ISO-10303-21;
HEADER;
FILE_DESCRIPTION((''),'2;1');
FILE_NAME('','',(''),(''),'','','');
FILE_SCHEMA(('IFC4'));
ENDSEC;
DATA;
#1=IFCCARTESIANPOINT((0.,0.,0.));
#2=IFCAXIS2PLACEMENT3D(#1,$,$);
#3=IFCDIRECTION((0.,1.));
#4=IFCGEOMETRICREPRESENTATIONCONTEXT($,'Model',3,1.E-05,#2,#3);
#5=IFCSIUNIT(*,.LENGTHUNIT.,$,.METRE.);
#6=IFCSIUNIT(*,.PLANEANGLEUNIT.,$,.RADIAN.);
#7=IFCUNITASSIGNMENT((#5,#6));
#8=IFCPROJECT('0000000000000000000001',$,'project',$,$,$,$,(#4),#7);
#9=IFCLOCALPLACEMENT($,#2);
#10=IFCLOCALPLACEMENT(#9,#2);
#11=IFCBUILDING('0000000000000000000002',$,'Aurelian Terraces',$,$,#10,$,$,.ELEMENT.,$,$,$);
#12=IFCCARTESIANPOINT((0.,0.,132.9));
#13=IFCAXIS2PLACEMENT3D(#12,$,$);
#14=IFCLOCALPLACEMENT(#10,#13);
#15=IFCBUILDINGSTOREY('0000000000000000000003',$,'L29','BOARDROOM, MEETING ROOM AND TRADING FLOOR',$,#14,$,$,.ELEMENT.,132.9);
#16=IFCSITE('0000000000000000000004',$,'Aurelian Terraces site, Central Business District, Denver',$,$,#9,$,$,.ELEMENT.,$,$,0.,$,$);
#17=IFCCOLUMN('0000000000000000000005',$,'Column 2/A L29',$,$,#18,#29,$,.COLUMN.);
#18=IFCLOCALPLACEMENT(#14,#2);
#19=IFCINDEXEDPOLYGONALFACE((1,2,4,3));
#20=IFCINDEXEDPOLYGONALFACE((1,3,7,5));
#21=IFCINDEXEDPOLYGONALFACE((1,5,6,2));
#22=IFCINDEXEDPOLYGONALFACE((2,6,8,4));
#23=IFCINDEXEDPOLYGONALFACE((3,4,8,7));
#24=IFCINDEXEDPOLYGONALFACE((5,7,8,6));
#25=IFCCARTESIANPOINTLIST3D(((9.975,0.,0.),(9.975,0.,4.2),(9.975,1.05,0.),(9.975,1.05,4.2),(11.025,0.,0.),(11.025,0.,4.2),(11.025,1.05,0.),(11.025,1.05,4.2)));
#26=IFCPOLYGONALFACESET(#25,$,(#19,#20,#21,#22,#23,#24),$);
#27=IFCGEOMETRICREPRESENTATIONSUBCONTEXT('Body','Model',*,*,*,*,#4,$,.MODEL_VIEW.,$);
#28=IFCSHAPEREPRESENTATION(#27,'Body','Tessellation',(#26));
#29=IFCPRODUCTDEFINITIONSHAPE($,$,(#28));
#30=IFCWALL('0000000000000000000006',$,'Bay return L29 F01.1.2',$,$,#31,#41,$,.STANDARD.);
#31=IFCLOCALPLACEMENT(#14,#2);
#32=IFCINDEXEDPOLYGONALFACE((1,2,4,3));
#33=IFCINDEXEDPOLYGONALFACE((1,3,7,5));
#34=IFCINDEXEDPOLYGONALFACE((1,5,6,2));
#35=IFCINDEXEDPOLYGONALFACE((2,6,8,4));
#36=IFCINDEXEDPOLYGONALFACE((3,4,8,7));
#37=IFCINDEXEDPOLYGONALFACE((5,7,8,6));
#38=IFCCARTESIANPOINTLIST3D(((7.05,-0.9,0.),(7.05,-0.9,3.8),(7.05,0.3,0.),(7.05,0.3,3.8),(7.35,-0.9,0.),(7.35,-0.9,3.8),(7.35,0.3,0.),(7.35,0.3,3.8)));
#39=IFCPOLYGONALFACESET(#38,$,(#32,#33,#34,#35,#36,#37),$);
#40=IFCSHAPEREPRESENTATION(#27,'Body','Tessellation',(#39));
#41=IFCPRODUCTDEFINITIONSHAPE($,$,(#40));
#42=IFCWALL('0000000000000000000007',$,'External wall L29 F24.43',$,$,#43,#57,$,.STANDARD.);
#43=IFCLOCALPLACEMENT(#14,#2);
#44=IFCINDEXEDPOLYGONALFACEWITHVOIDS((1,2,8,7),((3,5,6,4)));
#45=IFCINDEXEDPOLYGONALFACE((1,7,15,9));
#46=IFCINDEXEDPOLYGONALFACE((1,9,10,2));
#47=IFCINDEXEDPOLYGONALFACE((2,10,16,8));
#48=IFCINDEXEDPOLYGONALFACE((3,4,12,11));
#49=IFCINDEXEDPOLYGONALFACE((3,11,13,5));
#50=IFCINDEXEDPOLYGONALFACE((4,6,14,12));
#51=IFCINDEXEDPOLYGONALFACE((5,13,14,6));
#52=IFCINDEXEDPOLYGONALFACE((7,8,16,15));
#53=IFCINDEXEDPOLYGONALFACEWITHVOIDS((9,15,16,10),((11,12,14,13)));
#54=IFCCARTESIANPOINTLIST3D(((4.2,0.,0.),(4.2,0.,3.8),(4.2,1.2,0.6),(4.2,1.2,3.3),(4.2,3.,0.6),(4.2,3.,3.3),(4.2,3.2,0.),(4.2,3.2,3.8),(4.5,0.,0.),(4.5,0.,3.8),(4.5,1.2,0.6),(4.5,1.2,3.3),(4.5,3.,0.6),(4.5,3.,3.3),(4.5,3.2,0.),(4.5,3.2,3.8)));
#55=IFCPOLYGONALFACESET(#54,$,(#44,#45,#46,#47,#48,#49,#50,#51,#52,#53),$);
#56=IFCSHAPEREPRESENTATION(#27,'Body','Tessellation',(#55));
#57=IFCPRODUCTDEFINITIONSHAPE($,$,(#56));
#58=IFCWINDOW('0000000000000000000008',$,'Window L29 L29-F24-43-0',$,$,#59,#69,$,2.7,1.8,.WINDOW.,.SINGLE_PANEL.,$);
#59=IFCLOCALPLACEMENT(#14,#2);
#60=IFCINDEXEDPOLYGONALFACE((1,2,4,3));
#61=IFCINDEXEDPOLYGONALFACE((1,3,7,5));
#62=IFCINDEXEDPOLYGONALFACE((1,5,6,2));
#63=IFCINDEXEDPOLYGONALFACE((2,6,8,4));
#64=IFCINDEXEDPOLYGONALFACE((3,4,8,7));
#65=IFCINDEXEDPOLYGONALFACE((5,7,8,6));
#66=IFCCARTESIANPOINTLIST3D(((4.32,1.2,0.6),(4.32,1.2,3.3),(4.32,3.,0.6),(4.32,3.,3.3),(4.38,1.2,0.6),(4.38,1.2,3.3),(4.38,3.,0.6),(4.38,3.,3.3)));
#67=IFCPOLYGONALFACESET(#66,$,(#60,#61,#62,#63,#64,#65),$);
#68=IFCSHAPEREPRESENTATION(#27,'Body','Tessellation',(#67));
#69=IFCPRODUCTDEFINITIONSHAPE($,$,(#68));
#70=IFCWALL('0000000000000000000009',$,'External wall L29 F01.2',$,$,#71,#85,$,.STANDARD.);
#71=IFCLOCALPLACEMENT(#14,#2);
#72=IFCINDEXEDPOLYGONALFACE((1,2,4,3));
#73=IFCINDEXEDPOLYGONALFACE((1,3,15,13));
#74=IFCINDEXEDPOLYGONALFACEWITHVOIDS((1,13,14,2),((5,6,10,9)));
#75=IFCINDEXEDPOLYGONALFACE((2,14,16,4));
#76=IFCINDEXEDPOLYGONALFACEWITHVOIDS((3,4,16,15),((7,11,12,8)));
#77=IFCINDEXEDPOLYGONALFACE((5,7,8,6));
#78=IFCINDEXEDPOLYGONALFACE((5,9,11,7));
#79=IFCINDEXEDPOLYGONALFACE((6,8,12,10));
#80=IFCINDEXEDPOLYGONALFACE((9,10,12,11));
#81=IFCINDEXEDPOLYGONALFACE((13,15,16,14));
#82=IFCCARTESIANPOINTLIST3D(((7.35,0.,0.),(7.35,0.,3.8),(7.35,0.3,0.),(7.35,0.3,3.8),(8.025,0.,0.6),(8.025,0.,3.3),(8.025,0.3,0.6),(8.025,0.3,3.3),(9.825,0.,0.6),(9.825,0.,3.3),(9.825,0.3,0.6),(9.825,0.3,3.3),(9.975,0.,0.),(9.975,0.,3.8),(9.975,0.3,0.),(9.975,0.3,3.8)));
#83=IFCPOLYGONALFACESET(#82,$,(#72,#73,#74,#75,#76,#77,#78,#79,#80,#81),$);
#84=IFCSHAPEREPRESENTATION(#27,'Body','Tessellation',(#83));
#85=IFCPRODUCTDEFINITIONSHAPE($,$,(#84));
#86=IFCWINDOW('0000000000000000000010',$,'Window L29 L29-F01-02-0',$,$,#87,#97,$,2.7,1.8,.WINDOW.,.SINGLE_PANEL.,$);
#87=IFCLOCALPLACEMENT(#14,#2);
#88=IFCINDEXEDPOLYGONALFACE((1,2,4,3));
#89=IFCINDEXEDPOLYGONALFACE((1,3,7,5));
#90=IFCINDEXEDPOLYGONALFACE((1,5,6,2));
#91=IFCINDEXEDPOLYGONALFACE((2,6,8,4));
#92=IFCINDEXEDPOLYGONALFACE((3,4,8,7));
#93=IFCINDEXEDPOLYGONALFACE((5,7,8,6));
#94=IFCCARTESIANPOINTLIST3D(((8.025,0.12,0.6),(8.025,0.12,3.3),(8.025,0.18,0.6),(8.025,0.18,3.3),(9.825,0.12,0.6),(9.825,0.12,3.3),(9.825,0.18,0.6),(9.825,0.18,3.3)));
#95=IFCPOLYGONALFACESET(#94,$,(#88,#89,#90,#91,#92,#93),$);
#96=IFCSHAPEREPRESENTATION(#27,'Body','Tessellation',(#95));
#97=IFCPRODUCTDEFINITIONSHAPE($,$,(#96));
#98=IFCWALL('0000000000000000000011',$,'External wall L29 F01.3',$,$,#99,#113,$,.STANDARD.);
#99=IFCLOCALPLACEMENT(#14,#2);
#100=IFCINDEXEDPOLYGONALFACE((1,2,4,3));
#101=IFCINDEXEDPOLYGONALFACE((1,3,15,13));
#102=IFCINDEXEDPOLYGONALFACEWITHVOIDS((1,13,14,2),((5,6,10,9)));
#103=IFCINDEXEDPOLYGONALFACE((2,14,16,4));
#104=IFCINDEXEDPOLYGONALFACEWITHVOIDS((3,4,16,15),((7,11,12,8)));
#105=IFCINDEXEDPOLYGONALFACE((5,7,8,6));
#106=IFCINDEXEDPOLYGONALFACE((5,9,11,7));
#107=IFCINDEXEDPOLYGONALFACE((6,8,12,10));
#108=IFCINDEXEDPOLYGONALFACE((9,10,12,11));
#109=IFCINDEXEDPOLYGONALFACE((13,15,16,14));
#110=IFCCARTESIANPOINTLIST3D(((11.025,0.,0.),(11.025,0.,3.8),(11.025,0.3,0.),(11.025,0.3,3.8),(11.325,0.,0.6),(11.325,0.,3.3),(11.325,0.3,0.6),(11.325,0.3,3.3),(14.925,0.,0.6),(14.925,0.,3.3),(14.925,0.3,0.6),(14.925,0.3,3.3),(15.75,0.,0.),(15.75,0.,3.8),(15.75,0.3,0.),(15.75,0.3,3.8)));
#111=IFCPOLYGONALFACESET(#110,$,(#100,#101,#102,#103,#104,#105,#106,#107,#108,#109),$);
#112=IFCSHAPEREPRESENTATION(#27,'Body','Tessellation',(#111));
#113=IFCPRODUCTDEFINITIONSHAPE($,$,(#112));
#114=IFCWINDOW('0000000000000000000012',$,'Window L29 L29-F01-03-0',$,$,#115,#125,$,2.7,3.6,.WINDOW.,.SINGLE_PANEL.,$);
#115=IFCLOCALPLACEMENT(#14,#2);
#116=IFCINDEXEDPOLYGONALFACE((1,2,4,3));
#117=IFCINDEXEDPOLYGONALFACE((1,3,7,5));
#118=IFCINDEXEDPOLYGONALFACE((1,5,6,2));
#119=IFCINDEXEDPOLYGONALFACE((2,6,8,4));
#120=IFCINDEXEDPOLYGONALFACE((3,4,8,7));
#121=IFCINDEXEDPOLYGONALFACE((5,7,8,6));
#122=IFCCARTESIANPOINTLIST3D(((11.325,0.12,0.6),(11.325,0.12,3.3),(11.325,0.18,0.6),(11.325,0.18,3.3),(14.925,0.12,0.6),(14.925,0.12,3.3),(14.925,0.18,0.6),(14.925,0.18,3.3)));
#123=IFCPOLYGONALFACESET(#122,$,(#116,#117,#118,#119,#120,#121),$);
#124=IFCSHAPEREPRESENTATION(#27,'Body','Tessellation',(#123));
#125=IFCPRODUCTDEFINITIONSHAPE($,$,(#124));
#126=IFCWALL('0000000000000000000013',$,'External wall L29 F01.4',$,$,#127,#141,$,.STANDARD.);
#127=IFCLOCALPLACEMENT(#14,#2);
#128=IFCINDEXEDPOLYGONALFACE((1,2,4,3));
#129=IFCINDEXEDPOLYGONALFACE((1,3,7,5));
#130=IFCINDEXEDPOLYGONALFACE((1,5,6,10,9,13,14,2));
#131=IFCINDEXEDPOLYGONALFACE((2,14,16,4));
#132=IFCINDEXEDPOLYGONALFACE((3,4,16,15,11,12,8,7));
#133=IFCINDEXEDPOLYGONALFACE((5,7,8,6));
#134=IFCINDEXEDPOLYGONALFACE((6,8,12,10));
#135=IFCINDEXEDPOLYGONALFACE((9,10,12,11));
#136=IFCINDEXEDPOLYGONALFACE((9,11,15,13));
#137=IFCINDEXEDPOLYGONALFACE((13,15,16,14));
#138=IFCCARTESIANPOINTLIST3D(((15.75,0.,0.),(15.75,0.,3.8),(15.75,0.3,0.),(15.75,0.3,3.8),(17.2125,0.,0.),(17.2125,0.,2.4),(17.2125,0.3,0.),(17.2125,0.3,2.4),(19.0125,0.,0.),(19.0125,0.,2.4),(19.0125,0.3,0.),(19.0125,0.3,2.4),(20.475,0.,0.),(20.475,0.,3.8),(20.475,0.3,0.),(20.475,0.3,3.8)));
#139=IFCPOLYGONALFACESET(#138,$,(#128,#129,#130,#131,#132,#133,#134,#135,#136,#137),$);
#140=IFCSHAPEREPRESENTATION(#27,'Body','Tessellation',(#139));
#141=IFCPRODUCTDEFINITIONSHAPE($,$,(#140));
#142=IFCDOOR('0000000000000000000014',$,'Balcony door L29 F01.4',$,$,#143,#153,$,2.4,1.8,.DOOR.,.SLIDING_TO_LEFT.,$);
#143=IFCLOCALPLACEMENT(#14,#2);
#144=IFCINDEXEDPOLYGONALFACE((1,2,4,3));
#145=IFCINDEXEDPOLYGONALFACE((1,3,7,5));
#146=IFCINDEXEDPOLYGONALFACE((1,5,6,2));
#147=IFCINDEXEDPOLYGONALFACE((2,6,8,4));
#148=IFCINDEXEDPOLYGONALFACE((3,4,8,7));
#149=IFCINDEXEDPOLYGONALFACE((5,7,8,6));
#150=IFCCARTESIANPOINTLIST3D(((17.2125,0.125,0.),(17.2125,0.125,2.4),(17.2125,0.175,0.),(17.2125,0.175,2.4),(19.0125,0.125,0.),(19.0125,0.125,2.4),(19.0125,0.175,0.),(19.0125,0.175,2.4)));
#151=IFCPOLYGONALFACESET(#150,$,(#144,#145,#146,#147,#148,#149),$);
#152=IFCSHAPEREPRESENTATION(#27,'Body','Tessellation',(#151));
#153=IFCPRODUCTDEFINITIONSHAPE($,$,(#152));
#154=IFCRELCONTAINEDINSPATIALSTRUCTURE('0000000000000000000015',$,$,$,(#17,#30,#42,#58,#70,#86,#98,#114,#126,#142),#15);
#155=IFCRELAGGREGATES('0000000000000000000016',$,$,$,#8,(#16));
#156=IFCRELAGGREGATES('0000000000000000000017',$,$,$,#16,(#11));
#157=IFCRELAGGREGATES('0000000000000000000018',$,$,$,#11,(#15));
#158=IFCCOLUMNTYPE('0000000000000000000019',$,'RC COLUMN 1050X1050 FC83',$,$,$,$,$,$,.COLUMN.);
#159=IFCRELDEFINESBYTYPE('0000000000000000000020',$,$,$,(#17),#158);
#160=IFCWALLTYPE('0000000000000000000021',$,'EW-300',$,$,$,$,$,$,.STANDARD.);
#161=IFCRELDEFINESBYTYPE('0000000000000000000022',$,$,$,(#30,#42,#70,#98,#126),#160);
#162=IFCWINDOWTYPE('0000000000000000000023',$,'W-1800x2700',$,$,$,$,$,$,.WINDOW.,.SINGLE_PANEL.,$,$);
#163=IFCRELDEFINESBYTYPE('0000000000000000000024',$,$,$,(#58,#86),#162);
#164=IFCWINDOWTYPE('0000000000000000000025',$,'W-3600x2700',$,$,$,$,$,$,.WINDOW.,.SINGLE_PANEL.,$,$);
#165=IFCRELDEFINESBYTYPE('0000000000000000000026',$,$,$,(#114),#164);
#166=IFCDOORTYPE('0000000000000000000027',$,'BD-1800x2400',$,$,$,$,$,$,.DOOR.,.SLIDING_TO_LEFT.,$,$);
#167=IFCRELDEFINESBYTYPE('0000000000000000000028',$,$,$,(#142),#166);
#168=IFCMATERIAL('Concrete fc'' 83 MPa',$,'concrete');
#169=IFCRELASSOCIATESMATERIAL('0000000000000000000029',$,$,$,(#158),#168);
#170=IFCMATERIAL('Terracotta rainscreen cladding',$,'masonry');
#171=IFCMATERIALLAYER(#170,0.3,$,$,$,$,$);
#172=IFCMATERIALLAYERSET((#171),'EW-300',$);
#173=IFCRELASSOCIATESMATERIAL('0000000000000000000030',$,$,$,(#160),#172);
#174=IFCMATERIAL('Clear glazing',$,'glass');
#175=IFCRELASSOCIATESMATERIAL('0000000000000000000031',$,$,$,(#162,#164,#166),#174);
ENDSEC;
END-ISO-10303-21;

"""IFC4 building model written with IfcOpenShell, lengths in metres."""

from ifc_helpers import new_model, si_unit, direction, frame, frame_2d, origin, origin_2d, place, context, subcontext, project, spatial, rectangle, extrude, source, transform, mapped, material, layer, layer_set, material_profile, profile_set, type_object, element, fill, save


model = new_model("IFC4")

# Units and contexts
model_context = context("Model", 3, precision=1e-05, world=origin(), true_north=direction((0.0, 1.0)))
body_context = subcontext(model_context, "Body", "Model", "MODEL_VIEW")
ifc_project = project(units=[si_unit("LENGTHUNIT", "METRE"), si_unit("PLANEANGLEUNIT", "RADIAN")], contexts=[model_context])

# Site, building, storey
site_placement = place(None, origin())
site = spatial("IfcSite", under=ifc_project, at=site_placement, Name="Aurelian Terraces site, Central Business District, Denver", CompositionType="ELEMENT", RefElevation=0.0)
building_placement = place(site_placement, origin())
building = spatial("IfcBuilding", under=site, at=building_placement, Name="Aurelian Terraces", CompositionType="ELEMENT")
storey_placement = place(building_placement, frame((0.0, 0.0, 132.9)))
storey = spatial("IfcBuildingStorey", under=building, at=storey_placement, Name="L29", Description="BOARDROOM, MEETING ROOM AND TRADING FLOOR", CompositionType="ELEMENT", Elevation=132.9)

# Column
ifc_material_1 = material(Name="Concrete fc' 83 MPa", Category="concrete")
ifc_material_profile = material_profile(ifc_material_1, rectangle(XDim=1.05, YDim=1.05, at=origin_2d()))
ifc_profile_set = profile_set([ifc_material_profile], Name="Concrete fc' 83 MPa")
column_type = type_object("IfcColumnType", Name="RC COLUMN 1050X1050 FC83", PredefinedType="COLUMN", material=ifc_profile_set)
shared_shape_1 = source(origin(), body_context, "Body", "SweptSolid", [
    extrude(rectangle(XDim=1.05, YDim=1.05, at=origin_2d()), origin(), (0.0, 0.0, 1.0), 4.2),
])
column_placement = place(storey_placement, frame((10.5, 0.525, 0.0), z_axis=(0.0, 0.0, 1.0), x_axis=(1.0, 0.0, 0.0)))
element("IfcColumn", 1, at=column_placement, inside=storey, type_object=column_type, Name="Column 2/A L29", PredefinedType="COLUMN", context=body_context, shape_type="MappedRepresentation", body=[
    mapped(shared_shape_1, transform((0.0, 0.0, 0.0), scale=1.0)),
])

# Wall
ifc_material_2 = material(Name="Terracotta rainscreen cladding", Category="masonry")
ifc_layer_1 = layer(ifc_material_2, 0.3)
ifc_layer_set_1 = layer_set([ifc_layer_1], Name="EW-300")
wall_type_1 = type_object("IfcWallType", Name="EW-300", PredefinedType="STANDARD", material=ifc_layer_set_1)
shared_shape_2 = source(origin(), body_context, "Body", "SweptSolid", [
    extrude(rectangle(XDim=1.2, YDim=0.3, at=frame_2d((0.6, 0.0))), origin(), (0.0, 0.0, 1.0), 3.8),
])
wall_1_placement = place(storey_placement, frame((7.2, 0.3, 0.0), z_axis=(0.0, 0.0, 1.0), x_axis=(0.0, -1.0, 0.0)))
element("IfcWall", 2, at=wall_1_placement, inside=storey, type_object=wall_type_1, Name="Bay return L29 F01.1.2", PredefinedType="STANDARD", context=body_context, shape_type="MappedRepresentation", body=[
    mapped(shared_shape_2, transform((0.0, 0.0, 0.0), scale=1.0)),
])

# Walls, openings, windows
shared_shape_3 = source(origin(), body_context, "Body", "SweptSolid", [
    extrude(rectangle(XDim=3.2, YDim=0.3, at=frame_2d((1.6, 0.0))), origin(), (0.0, 0.0, 1.0), 3.8),
])
wall_2_placement = place(storey_placement, frame((4.35, 3.2, 0.0), z_axis=(0.0, 0.0, 1.0), x_axis=(0.0, -1.0, 0.0)))
wall_2 = element("IfcWall", 3, at=wall_2_placement, inside=storey, type_object=wall_type_1, Name="External wall L29 F24.43", PredefinedType="STANDARD", context=body_context, shape_type="MappedRepresentation", body=[
    mapped(shared_shape_3, transform((0.0, 0.0, 0.0), scale=1.0)),
])
shared_shape_4 = source(origin(), body_context, "Body", "SweptSolid", [
    extrude(rectangle(XDim=1.8, YDim=2.7, at=frame_2d((0.9, 1.35))), frame((0.0, 0.16, 0.0), z_axis=(0.0, -1.0, 0.0), x_axis=(1.0, 0.0, 0.0)), (0.0, 0.0, 1.0), 0.32),
])
opening_1_placement = place(wall_2_placement, frame((0.2, 0.0, 0.6)))
opening_1 = element("IfcOpeningElement", 4, at=opening_1_placement, cuts=wall_2, PredefinedType="OPENING", context=body_context, shape_type="MappedRepresentation", body=[
    mapped(shared_shape_4, transform((0.0, 0.0, 0.0), scale=1.0)),
])
ifc_material_3 = material(Name="Clear glazing", Category="glass")
window_type_1 = type_object("IfcWindowType", Name="W-1800x2700", PartitioningType="SINGLE_PANEL", PredefinedType="WINDOW", material=ifc_material_3)
shared_shape_5 = source(origin(), body_context, "Body", "SweptSolid", [
    extrude(rectangle(XDim=1.8, YDim=2.7, at=frame_2d((0.9, 1.35))), frame((0.0, 0.03, 0.0), z_axis=(0.0, -1.0, 0.0), x_axis=(1.0, 0.0, 0.0)), (0.0, 0.0, 1.0), 0.06),
])
window_1_placement = place(opening_1_placement, origin())
window_1 = element("IfcWindow", 5, at=window_1_placement, inside=storey, type_object=window_type_1, Name="Window L29 L29-F24-43-0", OverallHeight=2.7, OverallWidth=1.8, PartitioningType="SINGLE_PANEL", PredefinedType="WINDOW", context=body_context, shape_type="MappedRepresentation", body=[
    mapped(shared_shape_5, transform((0.0, 0.0, 0.0), scale=1.0)),
])
fill(opening_1, window_1)
shared_shape_6 = source(origin(), body_context, "Body", "SweptSolid", [
    extrude(rectangle(XDim=2.625, YDim=0.3, at=frame_2d((1.3125, 0.0))), origin(), (0.0, 0.0, 1.0), 3.8),
])
wall_3_placement = place(storey_placement, frame((7.35, 0.15, 0.0), z_axis=(0.0, 0.0, 1.0), x_axis=(1.0, 0.0, 0.0)))
wall_3 = element("IfcWall", 6, at=wall_3_placement, inside=storey, type_object=wall_type_1, Name="External wall L29 F01.2", PredefinedType="STANDARD", context=body_context, shape_type="MappedRepresentation", body=[
    mapped(shared_shape_6, transform((0.0, 0.0, 0.0), scale=1.0)),
])
opening_2_placement = place(wall_3_placement, frame((0.675, 0.0, 0.6)))
opening_2 = element("IfcOpeningElement", 7, at=opening_2_placement, cuts=wall_3, PredefinedType="OPENING", context=body_context, shape_type="MappedRepresentation", body=[
    mapped(shared_shape_4, transform((0.0, 0.0, 0.0), scale=1.0)),
])
window_2_placement = place(opening_2_placement, origin())
window_2 = element("IfcWindow", 8, at=window_2_placement, inside=storey, type_object=window_type_1, Name="Window L29 L29-F01-02-0", OverallHeight=2.7, OverallWidth=1.8, PartitioningType="SINGLE_PANEL", PredefinedType="WINDOW", context=body_context, shape_type="MappedRepresentation", body=[
    mapped(shared_shape_5, transform((0.0, 0.0, 0.0), scale=1.0)),
])
fill(opening_2, window_2)
shared_shape_7 = source(origin(), body_context, "Body", "SweptSolid", [
    extrude(rectangle(XDim=4.725, YDim=0.3, at=frame_2d((2.3625, 0.0))), origin(), (0.0, 0.0, 1.0), 3.8),
])
wall_4_placement = place(storey_placement, frame((11.025, 0.15, 0.0), z_axis=(0.0, 0.0, 1.0), x_axis=(1.0, 0.0, 0.0)))
wall_4 = element("IfcWall", 9, at=wall_4_placement, inside=storey, type_object=wall_type_1, Name="External wall L29 F01.3", PredefinedType="STANDARD", context=body_context, shape_type="MappedRepresentation", body=[
    mapped(shared_shape_7, transform((0.0, 0.0, 0.0), scale=1.0)),
])
shared_shape_8 = source(origin(), body_context, "Body", "SweptSolid", [
    extrude(rectangle(XDim=3.6, YDim=2.7, at=frame_2d((1.8, 1.35))), frame((0.0, 0.16, 0.0), z_axis=(0.0, -1.0, 0.0), x_axis=(1.0, 0.0, 0.0)), (0.0, 0.0, 1.0), 0.32),
])
opening_3_placement = place(wall_4_placement, frame((0.3, 0.0, 0.6)))
opening_3 = element("IfcOpeningElement", 10, at=opening_3_placement, cuts=wall_4, PredefinedType="OPENING", context=body_context, shape_type="MappedRepresentation", body=[
    mapped(shared_shape_8, transform((0.0, 0.0, 0.0), scale=1.0)),
])
window_type_2 = type_object("IfcWindowType", Name="W-3600x2700", PartitioningType="SINGLE_PANEL", PredefinedType="WINDOW", material=ifc_material_3)
shared_shape_9 = source(origin(), body_context, "Body", "SweptSolid", [
    extrude(rectangle(XDim=3.6, YDim=2.7, at=frame_2d((1.8, 1.35))), frame((0.0, 0.03, 0.0), z_axis=(0.0, -1.0, 0.0), x_axis=(1.0, 0.0, 0.0)), (0.0, 0.0, 1.0), 0.06),
])
window_3_placement = place(opening_3_placement, origin())
window_3 = element("IfcWindow", 11, at=window_3_placement, inside=storey, type_object=window_type_2, Name="Window L29 L29-F01-03-0", OverallHeight=2.7, OverallWidth=3.6, PartitioningType="SINGLE_PANEL", PredefinedType="WINDOW", context=body_context, shape_type="MappedRepresentation", body=[
    mapped(shared_shape_9, transform((0.0, 0.0, 0.0), scale=1.0)),
])
fill(opening_3, window_3)

# Wall, opening, door
wall_5_placement = place(storey_placement, frame((15.75, 0.15, 0.0), z_axis=(0.0, 0.0, 1.0), x_axis=(1.0, 0.0, 0.0)))
wall_5 = element("IfcWall", 12, at=wall_5_placement, inside=storey, type_object=wall_type_1, Name="External wall L29 F01.4", PredefinedType="STANDARD", context=body_context, shape_type="MappedRepresentation", body=[
    mapped(shared_shape_7, transform((0.0, 0.0, 0.0), scale=1.0)),
])
shared_shape_10 = source(origin(), body_context, "Body", "SweptSolid", [
    extrude(rectangle(XDim=1.8, YDim=2.4, at=frame_2d((0.9, 1.2))), frame((0.0, 0.16, 0.0), z_axis=(0.0, -1.0, 0.0), x_axis=(1.0, 0.0, 0.0)), (0.0, 0.0, 1.0), 0.32),
])
opening_4_placement = place(wall_5_placement, frame((1.4625, 0.0, 0.0)))
opening_4 = element("IfcOpeningElement", 13, at=opening_4_placement, cuts=wall_5, PredefinedType="OPENING", context=body_context, shape_type="MappedRepresentation", body=[
    mapped(shared_shape_10, transform((0.0, 0.0, 0.0), scale=1.0)),
])
door_type = type_object("IfcDoorType", Name="BD-1800x2400", OperationType="SLIDING_TO_LEFT", PredefinedType="DOOR", material=ifc_material_3)
shared_shape_11 = source(origin(), body_context, "Body", "SweptSolid", [
    extrude(rectangle(XDim=1.8, YDim=2.4, at=frame_2d((0.9, 1.2))), frame((0.0, 0.025, 0.0), z_axis=(0.0, -1.0, 0.0), x_axis=(1.0, 0.0, 0.0)), (0.0, 0.0, 1.0), 0.05),
])
door_placement = place(opening_4_placement, origin())
door = element("IfcDoor", 14, at=door_placement, inside=storey, type_object=door_type, Name="Balcony door L29 F01.4", OperationType="SLIDING_TO_LEFT", OverallHeight=2.4, OverallWidth=1.8, PredefinedType="DOOR", context=body_context, shape_type="MappedRepresentation", body=[
    mapped(shared_shape_11, transform((0.0, 0.0, 0.0), scale=1.0)),
])
fill(opening_4, door)

save(model, "model.ifc")
